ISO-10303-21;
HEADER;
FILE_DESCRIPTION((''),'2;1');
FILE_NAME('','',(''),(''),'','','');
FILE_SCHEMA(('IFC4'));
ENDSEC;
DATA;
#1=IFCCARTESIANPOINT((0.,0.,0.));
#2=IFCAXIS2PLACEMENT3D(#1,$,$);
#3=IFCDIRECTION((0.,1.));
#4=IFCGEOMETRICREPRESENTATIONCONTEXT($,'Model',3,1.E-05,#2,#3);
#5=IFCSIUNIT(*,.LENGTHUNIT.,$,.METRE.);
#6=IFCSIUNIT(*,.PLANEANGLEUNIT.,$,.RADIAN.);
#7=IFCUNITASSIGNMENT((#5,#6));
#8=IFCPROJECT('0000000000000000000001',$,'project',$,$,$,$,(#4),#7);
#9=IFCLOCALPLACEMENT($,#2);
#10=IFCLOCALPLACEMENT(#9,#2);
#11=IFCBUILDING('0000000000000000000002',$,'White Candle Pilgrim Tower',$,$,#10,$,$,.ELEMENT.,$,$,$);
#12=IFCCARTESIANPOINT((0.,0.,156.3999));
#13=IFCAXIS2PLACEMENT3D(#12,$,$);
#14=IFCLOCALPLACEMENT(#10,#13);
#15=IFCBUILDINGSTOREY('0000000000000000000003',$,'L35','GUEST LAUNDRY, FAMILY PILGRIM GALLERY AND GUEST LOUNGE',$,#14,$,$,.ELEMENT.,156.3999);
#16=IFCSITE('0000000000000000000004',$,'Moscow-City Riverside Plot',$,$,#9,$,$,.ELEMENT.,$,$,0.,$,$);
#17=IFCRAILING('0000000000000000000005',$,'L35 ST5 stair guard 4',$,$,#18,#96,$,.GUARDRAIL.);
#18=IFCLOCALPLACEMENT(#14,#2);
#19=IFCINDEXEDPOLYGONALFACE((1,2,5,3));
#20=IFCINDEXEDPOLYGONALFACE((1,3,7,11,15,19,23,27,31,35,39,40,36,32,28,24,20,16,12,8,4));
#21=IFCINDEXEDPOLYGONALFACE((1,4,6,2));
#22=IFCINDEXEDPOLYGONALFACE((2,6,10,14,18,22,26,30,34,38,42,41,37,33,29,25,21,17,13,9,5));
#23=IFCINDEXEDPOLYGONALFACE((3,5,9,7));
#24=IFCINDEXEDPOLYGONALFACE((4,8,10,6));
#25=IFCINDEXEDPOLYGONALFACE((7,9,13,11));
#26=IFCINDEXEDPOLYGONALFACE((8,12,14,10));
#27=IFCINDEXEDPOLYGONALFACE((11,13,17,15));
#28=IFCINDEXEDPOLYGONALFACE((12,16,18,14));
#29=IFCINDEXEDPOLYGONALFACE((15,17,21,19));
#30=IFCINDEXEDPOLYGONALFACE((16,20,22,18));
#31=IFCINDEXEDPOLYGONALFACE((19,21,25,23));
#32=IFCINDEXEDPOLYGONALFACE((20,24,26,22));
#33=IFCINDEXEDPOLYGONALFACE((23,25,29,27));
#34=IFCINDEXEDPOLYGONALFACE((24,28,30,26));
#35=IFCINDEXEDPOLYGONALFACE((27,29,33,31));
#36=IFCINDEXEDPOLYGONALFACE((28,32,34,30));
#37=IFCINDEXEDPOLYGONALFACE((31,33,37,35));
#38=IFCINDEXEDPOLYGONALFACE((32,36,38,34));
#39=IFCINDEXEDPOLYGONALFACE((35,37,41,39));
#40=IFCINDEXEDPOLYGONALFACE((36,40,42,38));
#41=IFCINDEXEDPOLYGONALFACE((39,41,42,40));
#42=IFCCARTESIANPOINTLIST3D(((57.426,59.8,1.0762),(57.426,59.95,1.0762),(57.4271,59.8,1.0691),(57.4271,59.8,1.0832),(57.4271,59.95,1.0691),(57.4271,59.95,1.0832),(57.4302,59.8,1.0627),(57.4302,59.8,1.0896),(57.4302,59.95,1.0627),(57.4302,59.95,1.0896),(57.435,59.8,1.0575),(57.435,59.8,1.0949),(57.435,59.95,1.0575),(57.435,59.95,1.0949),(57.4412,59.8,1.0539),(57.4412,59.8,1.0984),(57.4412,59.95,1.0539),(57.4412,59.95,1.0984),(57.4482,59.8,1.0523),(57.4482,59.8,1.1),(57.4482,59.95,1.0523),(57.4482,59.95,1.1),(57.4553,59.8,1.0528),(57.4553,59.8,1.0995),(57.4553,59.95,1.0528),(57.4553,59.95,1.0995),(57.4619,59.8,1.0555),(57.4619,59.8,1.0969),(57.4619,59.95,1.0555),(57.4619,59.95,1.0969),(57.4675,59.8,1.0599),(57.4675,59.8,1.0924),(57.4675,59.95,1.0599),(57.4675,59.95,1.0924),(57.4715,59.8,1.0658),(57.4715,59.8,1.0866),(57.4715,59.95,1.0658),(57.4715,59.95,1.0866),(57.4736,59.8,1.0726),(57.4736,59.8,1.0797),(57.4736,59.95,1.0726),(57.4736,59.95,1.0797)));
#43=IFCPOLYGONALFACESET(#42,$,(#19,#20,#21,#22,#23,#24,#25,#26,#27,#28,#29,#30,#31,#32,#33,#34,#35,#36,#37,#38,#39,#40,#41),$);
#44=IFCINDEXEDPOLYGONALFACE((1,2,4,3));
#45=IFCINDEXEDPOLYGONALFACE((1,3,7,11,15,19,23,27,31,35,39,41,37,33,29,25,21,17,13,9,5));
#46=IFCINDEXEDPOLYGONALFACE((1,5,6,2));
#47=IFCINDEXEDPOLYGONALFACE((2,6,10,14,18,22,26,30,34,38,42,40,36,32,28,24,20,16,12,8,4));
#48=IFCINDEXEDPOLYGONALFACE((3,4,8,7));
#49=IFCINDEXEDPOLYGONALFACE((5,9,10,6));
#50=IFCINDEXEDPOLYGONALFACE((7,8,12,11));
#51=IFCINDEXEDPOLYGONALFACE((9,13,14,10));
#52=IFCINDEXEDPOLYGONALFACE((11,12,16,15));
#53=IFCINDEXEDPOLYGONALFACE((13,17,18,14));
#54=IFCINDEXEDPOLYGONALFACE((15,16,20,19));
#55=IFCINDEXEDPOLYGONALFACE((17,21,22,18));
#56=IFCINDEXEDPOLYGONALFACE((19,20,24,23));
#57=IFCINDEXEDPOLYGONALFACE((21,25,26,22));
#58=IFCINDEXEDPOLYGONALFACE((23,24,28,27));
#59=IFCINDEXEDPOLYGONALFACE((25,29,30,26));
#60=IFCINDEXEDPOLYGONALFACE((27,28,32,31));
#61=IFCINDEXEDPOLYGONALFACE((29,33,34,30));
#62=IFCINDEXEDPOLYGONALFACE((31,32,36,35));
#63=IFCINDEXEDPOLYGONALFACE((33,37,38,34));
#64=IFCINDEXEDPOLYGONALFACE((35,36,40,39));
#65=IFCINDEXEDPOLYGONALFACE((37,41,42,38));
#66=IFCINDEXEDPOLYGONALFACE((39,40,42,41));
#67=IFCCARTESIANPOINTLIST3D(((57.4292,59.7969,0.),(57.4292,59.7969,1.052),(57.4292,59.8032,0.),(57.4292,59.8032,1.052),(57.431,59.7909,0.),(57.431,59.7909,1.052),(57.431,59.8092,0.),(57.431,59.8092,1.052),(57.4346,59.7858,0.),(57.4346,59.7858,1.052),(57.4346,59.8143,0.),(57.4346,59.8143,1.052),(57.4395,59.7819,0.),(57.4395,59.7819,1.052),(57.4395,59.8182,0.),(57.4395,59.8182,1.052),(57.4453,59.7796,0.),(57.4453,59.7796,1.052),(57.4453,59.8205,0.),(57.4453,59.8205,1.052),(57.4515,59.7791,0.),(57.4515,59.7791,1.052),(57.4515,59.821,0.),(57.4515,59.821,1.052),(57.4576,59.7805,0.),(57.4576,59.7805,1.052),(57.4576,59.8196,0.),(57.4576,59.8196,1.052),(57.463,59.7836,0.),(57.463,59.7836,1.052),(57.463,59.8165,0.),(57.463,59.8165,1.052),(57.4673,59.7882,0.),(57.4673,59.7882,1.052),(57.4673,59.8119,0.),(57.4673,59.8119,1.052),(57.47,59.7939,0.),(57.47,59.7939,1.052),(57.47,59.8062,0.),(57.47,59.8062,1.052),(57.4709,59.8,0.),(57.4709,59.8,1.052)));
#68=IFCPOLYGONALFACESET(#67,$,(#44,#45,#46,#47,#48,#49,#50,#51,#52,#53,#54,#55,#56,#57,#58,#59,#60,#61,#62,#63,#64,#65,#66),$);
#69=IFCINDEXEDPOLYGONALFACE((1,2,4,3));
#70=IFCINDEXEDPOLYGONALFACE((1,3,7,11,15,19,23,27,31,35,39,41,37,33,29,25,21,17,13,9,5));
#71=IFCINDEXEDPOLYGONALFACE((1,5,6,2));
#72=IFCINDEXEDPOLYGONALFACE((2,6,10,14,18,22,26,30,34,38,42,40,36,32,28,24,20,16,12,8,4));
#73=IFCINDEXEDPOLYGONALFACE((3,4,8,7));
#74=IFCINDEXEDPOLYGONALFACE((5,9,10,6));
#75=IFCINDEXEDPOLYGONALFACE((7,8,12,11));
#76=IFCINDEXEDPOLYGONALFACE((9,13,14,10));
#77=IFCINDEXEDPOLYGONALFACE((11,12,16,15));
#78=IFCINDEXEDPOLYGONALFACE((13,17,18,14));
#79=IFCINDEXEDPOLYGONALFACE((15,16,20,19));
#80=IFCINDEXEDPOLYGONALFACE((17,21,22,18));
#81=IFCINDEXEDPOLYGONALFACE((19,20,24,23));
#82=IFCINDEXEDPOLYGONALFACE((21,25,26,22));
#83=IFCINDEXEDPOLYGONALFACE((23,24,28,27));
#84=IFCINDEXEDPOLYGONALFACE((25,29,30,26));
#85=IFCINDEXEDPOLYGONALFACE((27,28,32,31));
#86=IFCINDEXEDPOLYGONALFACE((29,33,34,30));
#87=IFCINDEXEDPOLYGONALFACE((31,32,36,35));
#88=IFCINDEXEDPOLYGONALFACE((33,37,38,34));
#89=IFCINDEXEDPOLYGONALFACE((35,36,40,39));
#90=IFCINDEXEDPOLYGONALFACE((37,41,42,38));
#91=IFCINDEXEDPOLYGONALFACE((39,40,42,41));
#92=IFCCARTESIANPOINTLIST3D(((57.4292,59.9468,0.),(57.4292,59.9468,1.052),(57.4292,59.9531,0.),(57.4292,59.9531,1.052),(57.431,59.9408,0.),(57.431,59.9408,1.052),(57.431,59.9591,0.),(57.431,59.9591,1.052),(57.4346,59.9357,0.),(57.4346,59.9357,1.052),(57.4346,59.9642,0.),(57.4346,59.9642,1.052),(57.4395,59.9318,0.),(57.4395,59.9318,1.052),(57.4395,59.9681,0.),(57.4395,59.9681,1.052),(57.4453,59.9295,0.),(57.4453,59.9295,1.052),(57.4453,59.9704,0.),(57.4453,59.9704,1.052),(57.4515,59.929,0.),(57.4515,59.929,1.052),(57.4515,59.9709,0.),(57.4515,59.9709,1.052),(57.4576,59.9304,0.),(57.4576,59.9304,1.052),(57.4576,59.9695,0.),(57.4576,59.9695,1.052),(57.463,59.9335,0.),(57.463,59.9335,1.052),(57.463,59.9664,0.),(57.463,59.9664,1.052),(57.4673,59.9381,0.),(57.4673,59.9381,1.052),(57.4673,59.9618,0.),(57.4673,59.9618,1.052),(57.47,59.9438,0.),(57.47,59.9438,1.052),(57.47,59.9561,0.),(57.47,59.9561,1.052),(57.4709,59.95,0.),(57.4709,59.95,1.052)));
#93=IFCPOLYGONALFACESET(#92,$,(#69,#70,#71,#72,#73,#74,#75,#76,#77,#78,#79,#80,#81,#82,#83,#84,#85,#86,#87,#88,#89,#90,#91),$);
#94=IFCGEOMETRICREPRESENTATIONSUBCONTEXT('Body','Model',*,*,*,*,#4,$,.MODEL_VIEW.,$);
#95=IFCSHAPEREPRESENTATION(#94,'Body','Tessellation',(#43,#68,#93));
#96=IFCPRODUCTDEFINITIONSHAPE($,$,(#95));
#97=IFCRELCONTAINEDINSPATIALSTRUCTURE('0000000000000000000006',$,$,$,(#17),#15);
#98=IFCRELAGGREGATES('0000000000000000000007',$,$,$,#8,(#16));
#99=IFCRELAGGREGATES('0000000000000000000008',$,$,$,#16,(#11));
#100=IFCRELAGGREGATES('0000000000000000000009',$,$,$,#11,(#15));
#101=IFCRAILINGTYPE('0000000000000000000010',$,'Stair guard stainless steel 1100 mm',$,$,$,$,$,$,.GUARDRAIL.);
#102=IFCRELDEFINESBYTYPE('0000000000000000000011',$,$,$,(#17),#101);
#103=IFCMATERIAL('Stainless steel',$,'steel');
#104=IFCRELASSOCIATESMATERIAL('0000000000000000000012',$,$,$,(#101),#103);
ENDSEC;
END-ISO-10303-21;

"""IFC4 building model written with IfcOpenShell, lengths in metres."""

from ifc_helpers import new_model, si_unit, direction, frame, origin, origin_2d, place, context, subcontext, project, spatial, circle, extrude, material, type_object, element, save


model = new_model("IFC4")

# Units and contexts
model_context = context("Model", 3, precision=1e-05, world=origin(), true_north=direction((0.0, 1.0)))
body_context = subcontext(model_context, "Body", "Model", "MODEL_VIEW")
ifc_project = project(units=[si_unit("LENGTHUNIT", "METRE"), si_unit("PLANEANGLEUNIT", "RADIAN")], contexts=[model_context])

# Site, building, storey
site_placement = place(None, origin())
site = spatial("IfcSite", under=ifc_project, at=site_placement, Name="Moscow-City Riverside Plot", CompositionType="ELEMENT", RefElevation=0.0)
building_placement = place(site_placement, origin())
building = spatial("IfcBuilding", under=site, at=building_placement, Name="White Candle Pilgrim Tower", CompositionType="ELEMENT")
storey_placement = place(building_placement, frame((0.0, 0.0, 156.3999)))
storey = spatial("IfcBuildingStorey", under=building, at=storey_placement, Name="L35", Description="GUEST LAUNDRY, FAMILY PILGRIM GALLERY AND GUEST LOUNGE", CompositionType="ELEMENT", Elevation=156.3999)

# Railing
ifc_material_1 = material(Name="Stainless steel", Category="steel")
railing_type_1 = type_object("IfcRailingType", Name="Stair guard stainless steel 1100 mm", PredefinedType="GUARDRAIL", material=ifc_material_1)
railing_1_placement = place(storey_placement, frame((57.45, 59.8, 0.0)))
element("IfcRailing", 1, at=railing_1_placement, inside=storey, type_object=railing_type_1, Name="L35 ST5 stair guard 4", PredefinedType="GUARDRAIL", context=body_context, shape_type="SweptSolid", body=[
    extrude(circle(Radius=0.0239, at=origin_2d()), frame((0.0, 0.0, 1.0762), z_axis=(0.0, 1.0, 0.0), x_axis=(-1.0, 0.0, 0.0)), (0.0, 0.0, 1.0), 0.1499),
    extrude(circle(Radius=0.021, at=origin_2d()), origin(), (0.0, 0.0, 1.0), 1.052),
    extrude(circle(Radius=0.021, at=origin_2d()), frame((0.0, 0.1499, 0.0)), (0.0, 0.0, 1.0), 1.052),
])

save(model, "model.ifc")
